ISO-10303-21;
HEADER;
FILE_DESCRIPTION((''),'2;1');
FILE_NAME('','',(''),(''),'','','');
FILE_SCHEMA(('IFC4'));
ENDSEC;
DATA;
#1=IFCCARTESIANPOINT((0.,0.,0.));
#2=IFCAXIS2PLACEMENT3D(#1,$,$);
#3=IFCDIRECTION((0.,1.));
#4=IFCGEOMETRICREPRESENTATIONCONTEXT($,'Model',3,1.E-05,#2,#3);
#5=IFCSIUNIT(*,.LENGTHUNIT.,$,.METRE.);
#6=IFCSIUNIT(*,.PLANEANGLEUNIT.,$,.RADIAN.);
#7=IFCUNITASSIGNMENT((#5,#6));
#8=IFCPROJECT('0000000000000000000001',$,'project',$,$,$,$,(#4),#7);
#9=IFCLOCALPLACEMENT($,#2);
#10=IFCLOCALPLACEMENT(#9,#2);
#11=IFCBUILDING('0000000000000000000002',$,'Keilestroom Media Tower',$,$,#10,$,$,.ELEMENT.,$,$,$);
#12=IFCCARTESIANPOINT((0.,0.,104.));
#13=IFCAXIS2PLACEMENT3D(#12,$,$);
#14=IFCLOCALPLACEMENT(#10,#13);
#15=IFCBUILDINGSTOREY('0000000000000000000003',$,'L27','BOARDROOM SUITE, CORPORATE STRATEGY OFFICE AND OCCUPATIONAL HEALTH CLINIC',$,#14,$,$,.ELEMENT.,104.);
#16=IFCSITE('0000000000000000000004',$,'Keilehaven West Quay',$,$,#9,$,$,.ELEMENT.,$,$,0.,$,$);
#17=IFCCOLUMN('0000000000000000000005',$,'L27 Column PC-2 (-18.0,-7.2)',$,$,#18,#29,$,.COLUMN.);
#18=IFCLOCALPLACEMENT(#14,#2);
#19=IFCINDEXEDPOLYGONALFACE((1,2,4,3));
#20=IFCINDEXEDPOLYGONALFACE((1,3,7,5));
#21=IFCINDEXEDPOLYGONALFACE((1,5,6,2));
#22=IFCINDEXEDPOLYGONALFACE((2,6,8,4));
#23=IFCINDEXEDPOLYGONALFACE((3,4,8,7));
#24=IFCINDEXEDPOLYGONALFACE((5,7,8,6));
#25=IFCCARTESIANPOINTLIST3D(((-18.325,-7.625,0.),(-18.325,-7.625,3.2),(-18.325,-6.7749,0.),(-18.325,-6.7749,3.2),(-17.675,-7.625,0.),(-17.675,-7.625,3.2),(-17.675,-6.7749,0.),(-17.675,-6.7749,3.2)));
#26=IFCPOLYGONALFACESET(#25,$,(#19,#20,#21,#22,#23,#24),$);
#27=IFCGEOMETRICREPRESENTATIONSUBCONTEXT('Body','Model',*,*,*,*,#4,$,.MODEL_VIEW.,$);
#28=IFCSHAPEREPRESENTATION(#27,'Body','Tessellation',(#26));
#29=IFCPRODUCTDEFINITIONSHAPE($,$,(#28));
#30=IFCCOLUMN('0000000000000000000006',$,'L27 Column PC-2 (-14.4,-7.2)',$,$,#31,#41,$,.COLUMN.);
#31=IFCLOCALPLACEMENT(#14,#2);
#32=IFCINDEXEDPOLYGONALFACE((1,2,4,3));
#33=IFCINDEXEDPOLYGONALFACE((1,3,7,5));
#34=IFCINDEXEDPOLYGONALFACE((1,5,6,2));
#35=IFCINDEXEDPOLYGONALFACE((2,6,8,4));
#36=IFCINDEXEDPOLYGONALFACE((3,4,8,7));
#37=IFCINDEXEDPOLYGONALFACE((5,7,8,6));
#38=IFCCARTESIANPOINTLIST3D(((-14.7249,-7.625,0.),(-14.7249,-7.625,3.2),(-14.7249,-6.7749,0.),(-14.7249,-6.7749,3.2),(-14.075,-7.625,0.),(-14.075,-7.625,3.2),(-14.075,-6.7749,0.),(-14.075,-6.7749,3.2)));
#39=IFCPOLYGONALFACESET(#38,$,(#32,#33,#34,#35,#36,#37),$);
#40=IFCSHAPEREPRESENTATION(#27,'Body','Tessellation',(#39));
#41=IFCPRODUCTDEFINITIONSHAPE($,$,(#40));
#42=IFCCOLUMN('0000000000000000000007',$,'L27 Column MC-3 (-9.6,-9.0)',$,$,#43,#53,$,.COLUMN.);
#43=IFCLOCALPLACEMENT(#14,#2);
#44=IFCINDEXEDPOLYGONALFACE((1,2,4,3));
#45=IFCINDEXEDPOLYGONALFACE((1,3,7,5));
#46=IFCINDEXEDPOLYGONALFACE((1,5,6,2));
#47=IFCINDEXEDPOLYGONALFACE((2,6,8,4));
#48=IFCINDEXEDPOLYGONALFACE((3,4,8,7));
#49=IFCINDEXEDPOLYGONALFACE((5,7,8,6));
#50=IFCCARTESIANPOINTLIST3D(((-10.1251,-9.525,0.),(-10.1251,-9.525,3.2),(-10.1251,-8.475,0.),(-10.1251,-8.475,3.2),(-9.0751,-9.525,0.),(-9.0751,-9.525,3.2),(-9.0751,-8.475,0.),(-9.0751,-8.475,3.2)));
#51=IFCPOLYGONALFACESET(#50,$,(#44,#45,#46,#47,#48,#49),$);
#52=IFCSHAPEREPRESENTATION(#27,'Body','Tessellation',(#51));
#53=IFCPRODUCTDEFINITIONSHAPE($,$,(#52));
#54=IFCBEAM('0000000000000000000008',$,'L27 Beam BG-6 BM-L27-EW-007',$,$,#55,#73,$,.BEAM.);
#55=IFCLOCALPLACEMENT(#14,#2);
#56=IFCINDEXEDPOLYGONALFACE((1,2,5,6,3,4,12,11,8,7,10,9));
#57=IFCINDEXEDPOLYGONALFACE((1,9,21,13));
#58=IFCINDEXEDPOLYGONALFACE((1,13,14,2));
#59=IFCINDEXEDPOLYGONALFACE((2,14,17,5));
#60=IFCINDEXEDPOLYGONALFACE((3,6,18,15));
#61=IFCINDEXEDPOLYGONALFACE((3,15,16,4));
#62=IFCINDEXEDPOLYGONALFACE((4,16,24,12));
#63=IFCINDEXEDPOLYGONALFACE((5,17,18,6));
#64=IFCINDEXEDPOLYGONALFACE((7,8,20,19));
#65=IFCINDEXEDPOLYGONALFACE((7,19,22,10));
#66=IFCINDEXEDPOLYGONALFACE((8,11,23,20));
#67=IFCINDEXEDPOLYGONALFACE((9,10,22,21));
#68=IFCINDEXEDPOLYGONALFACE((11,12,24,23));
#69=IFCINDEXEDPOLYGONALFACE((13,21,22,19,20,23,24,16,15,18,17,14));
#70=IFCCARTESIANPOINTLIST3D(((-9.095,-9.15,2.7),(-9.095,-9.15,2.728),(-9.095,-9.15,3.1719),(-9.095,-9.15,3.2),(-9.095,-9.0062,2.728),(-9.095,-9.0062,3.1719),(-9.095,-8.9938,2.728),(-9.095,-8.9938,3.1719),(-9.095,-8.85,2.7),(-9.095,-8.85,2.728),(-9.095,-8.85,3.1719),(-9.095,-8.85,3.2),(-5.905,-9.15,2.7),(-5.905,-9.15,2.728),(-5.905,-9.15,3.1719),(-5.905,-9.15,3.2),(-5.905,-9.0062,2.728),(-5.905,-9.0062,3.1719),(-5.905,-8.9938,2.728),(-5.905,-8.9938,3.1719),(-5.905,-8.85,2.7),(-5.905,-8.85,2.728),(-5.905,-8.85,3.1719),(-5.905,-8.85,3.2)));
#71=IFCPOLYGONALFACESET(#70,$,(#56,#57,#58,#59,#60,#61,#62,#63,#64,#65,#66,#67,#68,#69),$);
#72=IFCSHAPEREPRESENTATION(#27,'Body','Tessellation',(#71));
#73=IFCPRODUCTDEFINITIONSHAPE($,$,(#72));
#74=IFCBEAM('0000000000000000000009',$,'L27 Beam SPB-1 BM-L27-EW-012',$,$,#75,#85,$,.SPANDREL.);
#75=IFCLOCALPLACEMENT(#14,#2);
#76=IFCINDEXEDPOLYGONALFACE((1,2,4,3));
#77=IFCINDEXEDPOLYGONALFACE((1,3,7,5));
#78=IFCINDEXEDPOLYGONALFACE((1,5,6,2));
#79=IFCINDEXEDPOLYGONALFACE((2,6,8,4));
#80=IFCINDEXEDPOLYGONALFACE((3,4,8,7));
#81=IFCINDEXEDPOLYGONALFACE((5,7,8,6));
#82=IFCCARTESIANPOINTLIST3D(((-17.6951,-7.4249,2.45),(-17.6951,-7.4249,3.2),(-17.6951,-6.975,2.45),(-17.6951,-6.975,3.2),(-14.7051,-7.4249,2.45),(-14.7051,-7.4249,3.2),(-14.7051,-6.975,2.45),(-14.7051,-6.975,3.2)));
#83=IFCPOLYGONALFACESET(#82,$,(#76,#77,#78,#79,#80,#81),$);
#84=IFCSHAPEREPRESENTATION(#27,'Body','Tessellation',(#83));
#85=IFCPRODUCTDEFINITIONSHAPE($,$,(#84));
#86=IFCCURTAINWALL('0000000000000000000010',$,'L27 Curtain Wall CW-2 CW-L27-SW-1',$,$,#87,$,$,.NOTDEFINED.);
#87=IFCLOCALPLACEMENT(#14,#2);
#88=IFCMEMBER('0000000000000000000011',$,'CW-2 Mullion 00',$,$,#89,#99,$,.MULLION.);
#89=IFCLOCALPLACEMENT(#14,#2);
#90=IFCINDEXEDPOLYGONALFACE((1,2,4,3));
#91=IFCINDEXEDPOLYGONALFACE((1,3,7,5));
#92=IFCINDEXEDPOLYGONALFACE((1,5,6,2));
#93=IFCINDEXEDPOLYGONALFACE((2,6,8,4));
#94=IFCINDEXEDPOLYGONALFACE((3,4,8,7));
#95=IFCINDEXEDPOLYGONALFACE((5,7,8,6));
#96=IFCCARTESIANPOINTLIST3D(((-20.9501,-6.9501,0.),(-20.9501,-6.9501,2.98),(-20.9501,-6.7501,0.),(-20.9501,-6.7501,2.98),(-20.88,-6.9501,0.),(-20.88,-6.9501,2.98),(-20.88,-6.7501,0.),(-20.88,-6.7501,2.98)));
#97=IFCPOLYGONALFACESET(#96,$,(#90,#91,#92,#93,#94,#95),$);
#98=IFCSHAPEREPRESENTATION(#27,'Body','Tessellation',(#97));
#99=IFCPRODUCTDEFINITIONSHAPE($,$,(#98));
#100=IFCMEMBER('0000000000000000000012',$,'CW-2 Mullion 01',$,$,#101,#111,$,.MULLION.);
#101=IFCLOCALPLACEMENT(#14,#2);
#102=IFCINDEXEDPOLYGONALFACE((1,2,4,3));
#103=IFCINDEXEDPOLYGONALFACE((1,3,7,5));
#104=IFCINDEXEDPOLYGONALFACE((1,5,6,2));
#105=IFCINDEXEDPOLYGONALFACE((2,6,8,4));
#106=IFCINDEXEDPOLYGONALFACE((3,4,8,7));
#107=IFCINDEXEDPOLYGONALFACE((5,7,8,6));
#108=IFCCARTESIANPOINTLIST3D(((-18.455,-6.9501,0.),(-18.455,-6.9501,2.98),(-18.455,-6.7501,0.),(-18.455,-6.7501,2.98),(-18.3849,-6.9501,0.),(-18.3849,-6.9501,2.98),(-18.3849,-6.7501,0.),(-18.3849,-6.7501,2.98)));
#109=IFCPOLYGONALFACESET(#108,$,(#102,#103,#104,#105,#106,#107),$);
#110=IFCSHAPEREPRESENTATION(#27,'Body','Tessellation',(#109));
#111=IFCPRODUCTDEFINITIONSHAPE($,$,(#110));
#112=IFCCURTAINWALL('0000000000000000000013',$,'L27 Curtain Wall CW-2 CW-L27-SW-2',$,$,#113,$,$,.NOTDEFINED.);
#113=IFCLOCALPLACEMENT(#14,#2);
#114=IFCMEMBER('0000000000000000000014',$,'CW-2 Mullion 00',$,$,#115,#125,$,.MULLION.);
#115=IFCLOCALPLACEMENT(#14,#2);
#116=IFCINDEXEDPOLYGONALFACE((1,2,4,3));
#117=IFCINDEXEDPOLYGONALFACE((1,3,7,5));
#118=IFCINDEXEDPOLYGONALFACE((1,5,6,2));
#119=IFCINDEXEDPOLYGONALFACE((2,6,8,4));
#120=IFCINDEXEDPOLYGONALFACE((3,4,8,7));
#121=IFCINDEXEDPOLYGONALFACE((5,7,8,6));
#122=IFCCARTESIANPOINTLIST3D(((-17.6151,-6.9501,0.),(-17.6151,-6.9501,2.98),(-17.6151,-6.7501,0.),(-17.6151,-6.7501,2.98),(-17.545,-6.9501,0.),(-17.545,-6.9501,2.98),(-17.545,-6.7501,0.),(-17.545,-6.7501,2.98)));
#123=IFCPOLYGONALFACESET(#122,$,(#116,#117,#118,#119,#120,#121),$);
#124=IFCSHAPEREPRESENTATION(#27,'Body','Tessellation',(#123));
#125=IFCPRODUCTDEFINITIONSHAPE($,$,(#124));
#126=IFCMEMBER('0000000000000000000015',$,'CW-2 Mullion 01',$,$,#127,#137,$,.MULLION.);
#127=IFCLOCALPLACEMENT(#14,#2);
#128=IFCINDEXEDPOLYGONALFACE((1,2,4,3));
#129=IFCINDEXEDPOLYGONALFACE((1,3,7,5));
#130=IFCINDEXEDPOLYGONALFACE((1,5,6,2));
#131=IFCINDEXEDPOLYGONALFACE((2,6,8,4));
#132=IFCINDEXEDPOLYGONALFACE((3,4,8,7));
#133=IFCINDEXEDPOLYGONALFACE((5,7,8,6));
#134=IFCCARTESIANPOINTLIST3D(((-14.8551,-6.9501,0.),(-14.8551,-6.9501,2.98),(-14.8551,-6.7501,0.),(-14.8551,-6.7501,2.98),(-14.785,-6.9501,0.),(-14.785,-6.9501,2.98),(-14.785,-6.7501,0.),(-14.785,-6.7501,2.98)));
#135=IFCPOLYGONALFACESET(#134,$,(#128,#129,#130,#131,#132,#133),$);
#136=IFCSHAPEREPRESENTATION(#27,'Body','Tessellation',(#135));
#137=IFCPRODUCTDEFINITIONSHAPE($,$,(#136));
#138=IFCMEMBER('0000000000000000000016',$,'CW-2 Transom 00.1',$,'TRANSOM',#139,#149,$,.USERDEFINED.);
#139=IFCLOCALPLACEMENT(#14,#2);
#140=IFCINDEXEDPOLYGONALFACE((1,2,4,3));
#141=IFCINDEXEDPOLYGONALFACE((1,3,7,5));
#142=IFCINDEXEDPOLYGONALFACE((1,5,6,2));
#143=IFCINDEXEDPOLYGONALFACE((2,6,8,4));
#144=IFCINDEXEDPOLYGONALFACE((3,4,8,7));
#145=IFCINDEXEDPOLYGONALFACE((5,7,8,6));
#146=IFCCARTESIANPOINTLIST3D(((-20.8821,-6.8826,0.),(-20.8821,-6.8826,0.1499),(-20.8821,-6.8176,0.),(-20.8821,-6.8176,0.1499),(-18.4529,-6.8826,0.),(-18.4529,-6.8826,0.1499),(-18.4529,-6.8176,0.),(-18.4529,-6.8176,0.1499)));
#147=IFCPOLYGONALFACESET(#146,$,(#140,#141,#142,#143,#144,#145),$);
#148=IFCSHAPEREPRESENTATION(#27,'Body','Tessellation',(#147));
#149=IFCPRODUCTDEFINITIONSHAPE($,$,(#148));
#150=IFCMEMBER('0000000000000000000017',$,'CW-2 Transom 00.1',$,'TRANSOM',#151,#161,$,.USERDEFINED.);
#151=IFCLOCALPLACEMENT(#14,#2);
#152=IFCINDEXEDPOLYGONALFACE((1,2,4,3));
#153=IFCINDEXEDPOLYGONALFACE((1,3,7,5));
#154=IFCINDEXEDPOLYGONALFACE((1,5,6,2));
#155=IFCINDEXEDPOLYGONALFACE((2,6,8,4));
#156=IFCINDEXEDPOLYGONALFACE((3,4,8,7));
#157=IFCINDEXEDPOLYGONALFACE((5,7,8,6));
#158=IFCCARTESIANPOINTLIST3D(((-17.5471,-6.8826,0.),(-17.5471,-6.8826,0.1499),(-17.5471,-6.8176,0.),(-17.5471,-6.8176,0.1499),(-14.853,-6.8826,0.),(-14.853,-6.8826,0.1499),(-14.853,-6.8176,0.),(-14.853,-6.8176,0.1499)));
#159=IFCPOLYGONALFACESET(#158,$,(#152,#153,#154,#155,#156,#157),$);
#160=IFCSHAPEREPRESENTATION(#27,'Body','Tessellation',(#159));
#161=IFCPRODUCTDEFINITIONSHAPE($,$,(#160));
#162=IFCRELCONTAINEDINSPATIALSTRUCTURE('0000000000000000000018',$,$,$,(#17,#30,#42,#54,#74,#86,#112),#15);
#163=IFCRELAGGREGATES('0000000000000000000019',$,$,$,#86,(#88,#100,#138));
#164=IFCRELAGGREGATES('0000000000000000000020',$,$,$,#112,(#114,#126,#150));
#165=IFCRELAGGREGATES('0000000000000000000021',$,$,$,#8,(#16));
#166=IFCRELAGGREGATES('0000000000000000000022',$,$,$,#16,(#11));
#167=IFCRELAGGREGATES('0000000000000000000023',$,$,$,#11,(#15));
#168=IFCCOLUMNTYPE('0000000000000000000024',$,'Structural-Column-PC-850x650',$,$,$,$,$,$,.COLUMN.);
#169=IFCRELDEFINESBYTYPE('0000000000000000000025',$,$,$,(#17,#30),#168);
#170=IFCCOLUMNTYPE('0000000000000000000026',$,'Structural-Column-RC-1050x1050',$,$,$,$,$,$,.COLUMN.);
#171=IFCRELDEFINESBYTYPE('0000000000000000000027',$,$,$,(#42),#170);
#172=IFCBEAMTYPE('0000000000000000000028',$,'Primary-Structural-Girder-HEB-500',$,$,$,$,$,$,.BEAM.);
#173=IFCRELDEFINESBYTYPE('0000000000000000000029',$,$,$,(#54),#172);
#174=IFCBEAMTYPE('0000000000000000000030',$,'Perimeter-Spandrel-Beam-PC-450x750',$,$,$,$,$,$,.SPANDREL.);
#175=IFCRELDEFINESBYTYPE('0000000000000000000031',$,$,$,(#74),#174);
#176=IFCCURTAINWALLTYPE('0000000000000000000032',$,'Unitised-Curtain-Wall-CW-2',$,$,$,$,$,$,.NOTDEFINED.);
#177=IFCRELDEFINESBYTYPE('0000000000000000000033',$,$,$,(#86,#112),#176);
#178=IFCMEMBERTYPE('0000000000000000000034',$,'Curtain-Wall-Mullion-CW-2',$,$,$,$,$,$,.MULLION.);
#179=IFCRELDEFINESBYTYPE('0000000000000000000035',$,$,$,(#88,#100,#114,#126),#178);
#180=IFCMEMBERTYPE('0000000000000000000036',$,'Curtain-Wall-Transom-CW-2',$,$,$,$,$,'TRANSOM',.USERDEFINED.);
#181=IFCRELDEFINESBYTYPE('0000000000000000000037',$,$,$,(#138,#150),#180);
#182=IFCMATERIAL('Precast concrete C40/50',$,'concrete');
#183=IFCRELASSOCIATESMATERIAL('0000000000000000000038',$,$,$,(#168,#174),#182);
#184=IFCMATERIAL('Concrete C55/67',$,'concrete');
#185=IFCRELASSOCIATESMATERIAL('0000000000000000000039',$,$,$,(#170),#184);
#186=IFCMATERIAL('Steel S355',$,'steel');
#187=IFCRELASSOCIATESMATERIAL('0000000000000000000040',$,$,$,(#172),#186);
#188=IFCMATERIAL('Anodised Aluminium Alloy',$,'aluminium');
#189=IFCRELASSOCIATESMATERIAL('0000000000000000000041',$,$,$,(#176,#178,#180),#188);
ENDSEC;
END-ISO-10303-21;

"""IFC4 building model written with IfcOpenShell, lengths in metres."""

from ifc_helpers import new_model, si_unit, direction, frame, origin, origin_2d, place, context, subcontext, project, spatial, rectangle, i_section, extrude, source, transform, mapped, material, material_profile, profile_set, type_object, element, aggregate, save


model = new_model("IFC4")

# Units and contexts
model_context = context("Model", 3, precision=1e-05, world=origin(), true_north=direction((0.0, 1.0)))
body_context = subcontext(model_context, "Body", "Model", "MODEL_VIEW")
ifc_project = project(units=[si_unit("LENGTHUNIT", "METRE"), si_unit("PLANEANGLEUNIT", "RADIAN")], contexts=[model_context])

# Site, building, storey
site_placement = place(None, origin())
site = spatial("IfcSite", under=ifc_project, at=site_placement, Name="Keilehaven West Quay", CompositionType="ELEMENT", RefElevation=0.0)
building_placement = place(site_placement, origin())
building = spatial("IfcBuilding", under=site, at=building_placement, Name="Keilestroom Media Tower", CompositionType="ELEMENT")
storey_placement = place(building_placement, frame((0.0, 0.0, 104.0)))
storey = spatial("IfcBuildingStorey", under=building, at=storey_placement, Name="L27", Description="BOARDROOM SUITE, CORPORATE STRATEGY OFFICE AND OCCUPATIONAL HEALTH CLINIC", CompositionType="ELEMENT", Elevation=104.0)

# Columns
ifc_material_1 = material(Name="Precast concrete C40/50", Category="concrete")
ifc_material_profile_1 = material_profile(ifc_material_1, rectangle(XDim=0.6499, YDim=0.8501, at=origin_2d()), Name="PC 850x650")
ifc_profile_set_1 = profile_set([ifc_material_profile_1], Name="Precast concrete C40/50")
column_type_1 = type_object("IfcColumnType", Name="Structural-Column-PC-850x650", PredefinedType="COLUMN", material=ifc_profile_set_1)
shared_shape_1 = source(origin(), body_context, "Body", "SweptSolid", [
    extrude(rectangle(XDim=0.6499, YDim=0.8501, at=origin_2d()), origin(), (0.0, 0.0, 1.0), 3.2),
])
for number, where, z_axis, x_axis, name in (
    (1, (-18.0, -7.2, 0.0), (0.0, 0.0, 1.0), (1.0, 0.0, 0.0), "L27 Column PC-2 (-18.0,-7.2)"),
    (2, (-14.3999, -7.2, 0.0), (0.0, 0.0, 1.0), (1.0, 0.0, 0.0), "L27 Column PC-2 (-14.4,-7.2)"),
):
    element("IfcColumn", number, at=place(storey_placement, frame(where, z_axis=z_axis, x_axis=x_axis)), inside=storey, type_object=column_type_1, Name=name, PredefinedType="COLUMN", context=body_context, shape_type="MappedRepresentation", body=[
        mapped(shared_shape_1, transform((0.0, 0.0, 0.0), x_axis=(1.0, 0.0, 0.0), y_axis=(0.0, 1.0, 0.0), z_axis=(0.0, 0.0, 1.0), scale=1.0)),
    ])
ifc_material_2 = material(Name="Concrete C55/67", Category="concrete")
ifc_material_profile_2 = material_profile(ifc_material_2, rectangle(XDim=1.05, YDim=1.05, at=origin_2d()), Name="RC 1050x1050")
ifc_profile_set_2 = profile_set([ifc_material_profile_2], Name="Concrete C55/67")
column_type_2 = type_object("IfcColumnType", Name="Structural-Column-RC-1050x1050", PredefinedType="COLUMN", material=ifc_profile_set_2)
shared_shape_2 = source(origin(), body_context, "Body", "SweptSolid", [
    extrude(rectangle(XDim=1.05, YDim=1.05, at=origin_2d()), origin(), (0.0, 0.0, 1.0), 3.2),
])
column_placement = place(storey_placement, frame((-9.6001, -9.0, 0.0), z_axis=(0.0, 0.0, 1.0), x_axis=(1.0, 0.0, 0.0)))
element("IfcColumn", 3, at=column_placement, inside=storey, type_object=column_type_2, Name="L27 Column MC-3 (-9.6,-9.0)", PredefinedType="COLUMN", context=body_context, shape_type="MappedRepresentation", body=[
    mapped(shared_shape_2, transform((0.0, 0.0, 0.0), x_axis=(1.0, 0.0, 0.0), y_axis=(0.0, 1.0, 0.0), z_axis=(0.0, 0.0, 1.0), scale=1.0)),
])

# Beams
ifc_material_3 = material(Name="Steel S355", Category="steel")
ifc_material_profile_3 = material_profile(ifc_material_3, i_section(OverallWidth=0.3, OverallDepth=0.5, WebThickness=0.0125, FlangeThickness=0.0281, at=origin_2d()), Name="HEB 500")
ifc_profile_set_3 = profile_set([ifc_material_profile_3], Name="Steel S355")
beam_type_1 = type_object("IfcBeamType", Name="Primary-Structural-Girder-HEB-500", PredefinedType="BEAM", material=ifc_profile_set_3)
shared_shape_3 = source(origin(), body_context, "Body", "SweptSolid", [
    extrude(i_section(OverallWidth=0.3, OverallDepth=0.5, WebThickness=0.0125, FlangeThickness=0.0281, at=origin_2d()), origin(), (0.0, 0.0, 1.0), 3.1899),
])
beam_1_placement = place(storey_placement, frame((-9.095, -9.0, 2.95), z_axis=(1.0, 0.0, 0.0), x_axis=(0.0, 1.0, 0.0)))
element("IfcBeam", 4, at=beam_1_placement, inside=storey, type_object=beam_type_1, Name="L27 Beam BG-6 BM-L27-EW-007", PredefinedType="BEAM", context=body_context, shape_type="MappedRepresentation", body=[
    mapped(shared_shape_3, transform((0.0, 0.0, 0.0), x_axis=(1.0, 0.0, 0.0), y_axis=(0.0, 1.0, 0.0), z_axis=(0.0, 0.0, 1.0), scale=1.0)),
])
ifc_material_profile_4 = material_profile(ifc_material_1, rectangle(XDim=0.45, YDim=0.75, at=origin_2d()), Name="PC 450x750")
ifc_profile_set_4 = profile_set([ifc_material_profile_4], Name="Precast concrete C40/50")
beam_type_2 = type_object("IfcBeamType", Name="Perimeter-Spandrel-Beam-PC-450x750", PredefinedType="SPANDREL", material=ifc_profile_set_4)
shared_shape_4 = source(origin(), body_context, "Body", "SweptSolid", [
    extrude(rectangle(XDim=0.45, YDim=0.75, at=origin_2d()), origin(), (0.0, 0.0, 1.0), 2.99),
])
beam_2_placement = place(storey_placement, frame((-17.6951, -7.2, 2.825), z_axis=(1.0, 0.0, 0.0), x_axis=(0.0, 1.0, 0.0)))
element("IfcBeam", 5, at=beam_2_placement, inside=storey, type_object=beam_type_2, Name="L27 Beam SPB-1 BM-L27-EW-012", PredefinedType="SPANDREL", context=body_context, shape_type="MappedRepresentation", body=[
    mapped(shared_shape_4, transform((0.0, 0.0, 0.0), x_axis=(1.0, 0.0, 0.0), y_axis=(0.0, 1.0, 0.0), z_axis=(0.0, 0.0, 1.0), scale=1.0)),
])

# Curtain walls, members
ifc_material_4 = material(Name="Anodised Aluminium Alloy", Category="aluminium")
curtain_wall_type = type_object("IfcCurtainWallType", Name="Unitised-Curtain-Wall-CW-2", PredefinedType="NOTDEFINED", material=ifc_material_4)
curtain_wall_1_placement = place(storey_placement, origin())
curtain_wall_1 = element("IfcCurtainWall", 6, at=curtain_wall_1_placement, inside=storey, type_object=curtain_wall_type, Name="L27 Curtain Wall CW-2 CW-L27-SW-1", PredefinedType="NOTDEFINED")
ifc_material_profile_5 = material_profile(ifc_material_4, rectangle(XDim=0.0701, YDim=0.2, at=origin_2d()), Name="ALU MULLION 70x200")
ifc_profile_set_5 = profile_set([ifc_material_profile_5], Name="Anodised Aluminium Alloy")
member_type_1 = type_object("IfcMemberType", Name="Curtain-Wall-Mullion-CW-2", PredefinedType="MULLION", material=ifc_profile_set_5)
shared_shape_5 = source(origin(), body_context, "Body", "SweptSolid", [
    extrude(rectangle(XDim=0.0701, YDim=0.2, at=origin_2d()), origin(), (0.0, 0.0, 1.0), 2.98),
])
member_1_placement = place(storey_placement, frame((-20.915, -6.8501, 0.0), z_axis=(0.0, 0.0, 1.0), x_axis=(1.0, 0.0, 0.0)))
member_1 = element("IfcMember", 7, at=member_1_placement, type_object=member_type_1, Name="CW-2 Mullion 00", PredefinedType="MULLION", context=body_context, shape_type="MappedRepresentation", body=[
    mapped(shared_shape_5, transform((0.0, 0.0, 0.0), x_axis=(1.0, 0.0, 0.0), y_axis=(0.0, 1.0, 0.0), z_axis=(0.0, 0.0, 1.0), scale=1.0)),
])
member_2_placement = place(storey_placement, frame((-18.4199, -6.8501, 0.0), z_axis=(0.0, 0.0, 1.0), x_axis=(1.0, 0.0, 0.0)))
member_2 = element("IfcMember", 8, at=member_2_placement, type_object=member_type_1, Name="CW-2 Mullion 01", PredefinedType="MULLION", context=body_context, shape_type="MappedRepresentation", body=[
    mapped(shared_shape_5, transform((0.0, 0.0, 0.0), x_axis=(1.0, 0.0, 0.0), y_axis=(0.0, 1.0, 0.0), z_axis=(0.0, 0.0, 1.0), scale=1.0)),
])
curtain_wall_2_placement = place(storey_placement, origin())
curtain_wall_2 = element("IfcCurtainWall", 9, at=curtain_wall_2_placement, inside=storey, type_object=curtain_wall_type, Name="L27 Curtain Wall CW-2 CW-L27-SW-2", PredefinedType="NOTDEFINED")
member_3_placement = place(storey_placement, frame((-17.5801, -6.8501, 0.0), z_axis=(0.0, 0.0, 1.0), x_axis=(1.0, 0.0, 0.0)))
member_3 = element("IfcMember", 10, at=member_3_placement, type_object=member_type_1, Name="CW-2 Mullion 00", PredefinedType="MULLION", context=body_context, shape_type="MappedRepresentation", body=[
    mapped(shared_shape_5, transform((0.0, 0.0, 0.0), x_axis=(1.0, 0.0, 0.0), y_axis=(0.0, 1.0, 0.0), z_axis=(0.0, 0.0, 1.0), scale=1.0)),
])
member_4_placement = place(storey_placement, frame((-14.8201, -6.8501, 0.0), z_axis=(0.0, 0.0, 1.0), x_axis=(1.0, 0.0, 0.0)))
member_4 = element("IfcMember", 11, at=member_4_placement, type_object=member_type_1, Name="CW-2 Mullion 01", PredefinedType="MULLION", context=body_context, shape_type="MappedRepresentation", body=[
    mapped(shared_shape_5, transform((0.0, 0.0, 0.0), x_axis=(1.0, 0.0, 0.0), y_axis=(0.0, 1.0, 0.0), z_axis=(0.0, 0.0, 1.0), scale=1.0)),
])

# Members
ifc_material_profile_6 = material_profile(ifc_material_4, rectangle(XDim=0.0649, YDim=0.1499, at=origin_2d()), Name="ALU TRANSOM 65x150")
ifc_profile_set_6 = profile_set([ifc_material_profile_6], Name="Anodised Aluminium Alloy")
member_type_2 = type_object("IfcMemberType", Name="Curtain-Wall-Transom-CW-2", ElementType="TRANSOM", PredefinedType="USERDEFINED", material=ifc_profile_set_6)
shared_shape_6 = source(origin(), body_context, "Body", "SweptSolid", [
    extrude(rectangle(XDim=0.0649, YDim=0.1499, at=origin_2d()), origin(), (0.0, 0.0, 1.0), 2.4292),
])
member_5_placement = place(storey_placement, frame((-20.8821, -6.8501, 0.075), z_axis=(1.0, 0.0, 0.0), x_axis=(0.0, 1.0, 0.0)))
member_5 = element("IfcMember", 12, at=member_5_placement, type_object=member_type_2, Name="CW-2 Transom 00.1", ObjectType="TRANSOM", PredefinedType="USERDEFINED", context=body_context, shape_type="MappedRepresentation", body=[
    mapped(shared_shape_6, transform((0.0, 0.0, 0.0), x_axis=(1.0, 0.0, 0.0), y_axis=(0.0, 1.0, 0.0), z_axis=(0.0, 0.0, 1.0), scale=1.0)),
])
shared_shape_7 = source(origin(), body_context, "Body", "SweptSolid", [
    extrude(rectangle(XDim=0.0649, YDim=0.1499, at=origin_2d()), origin(), (0.0, 0.0, 1.0), 2.6941),
])
member_6_placement = place(storey_placement, frame((-17.5471, -6.8501, 0.075), z_axis=(1.0, 0.0, 0.0), x_axis=(0.0, 1.0, 0.0)))
member_6 = element("IfcMember", 13, at=member_6_placement, type_object=member_type_2, Name="CW-2 Transom 00.1", ObjectType="TRANSOM", PredefinedType="USERDEFINED", context=body_context, shape_type="MappedRepresentation", body=[
    mapped(shared_shape_7, transform((0.0, 0.0, 0.0), x_axis=(1.0, 0.0, 0.0), y_axis=(0.0, 1.0, 0.0), z_axis=(0.0, 0.0, 1.0), scale=1.0)),
])

aggregate(curtain_wall_1, [member_1, member_2, member_5])
aggregate(curtain_wall_2, [member_3, member_4, member_6])

save(model, "model.ifc")
